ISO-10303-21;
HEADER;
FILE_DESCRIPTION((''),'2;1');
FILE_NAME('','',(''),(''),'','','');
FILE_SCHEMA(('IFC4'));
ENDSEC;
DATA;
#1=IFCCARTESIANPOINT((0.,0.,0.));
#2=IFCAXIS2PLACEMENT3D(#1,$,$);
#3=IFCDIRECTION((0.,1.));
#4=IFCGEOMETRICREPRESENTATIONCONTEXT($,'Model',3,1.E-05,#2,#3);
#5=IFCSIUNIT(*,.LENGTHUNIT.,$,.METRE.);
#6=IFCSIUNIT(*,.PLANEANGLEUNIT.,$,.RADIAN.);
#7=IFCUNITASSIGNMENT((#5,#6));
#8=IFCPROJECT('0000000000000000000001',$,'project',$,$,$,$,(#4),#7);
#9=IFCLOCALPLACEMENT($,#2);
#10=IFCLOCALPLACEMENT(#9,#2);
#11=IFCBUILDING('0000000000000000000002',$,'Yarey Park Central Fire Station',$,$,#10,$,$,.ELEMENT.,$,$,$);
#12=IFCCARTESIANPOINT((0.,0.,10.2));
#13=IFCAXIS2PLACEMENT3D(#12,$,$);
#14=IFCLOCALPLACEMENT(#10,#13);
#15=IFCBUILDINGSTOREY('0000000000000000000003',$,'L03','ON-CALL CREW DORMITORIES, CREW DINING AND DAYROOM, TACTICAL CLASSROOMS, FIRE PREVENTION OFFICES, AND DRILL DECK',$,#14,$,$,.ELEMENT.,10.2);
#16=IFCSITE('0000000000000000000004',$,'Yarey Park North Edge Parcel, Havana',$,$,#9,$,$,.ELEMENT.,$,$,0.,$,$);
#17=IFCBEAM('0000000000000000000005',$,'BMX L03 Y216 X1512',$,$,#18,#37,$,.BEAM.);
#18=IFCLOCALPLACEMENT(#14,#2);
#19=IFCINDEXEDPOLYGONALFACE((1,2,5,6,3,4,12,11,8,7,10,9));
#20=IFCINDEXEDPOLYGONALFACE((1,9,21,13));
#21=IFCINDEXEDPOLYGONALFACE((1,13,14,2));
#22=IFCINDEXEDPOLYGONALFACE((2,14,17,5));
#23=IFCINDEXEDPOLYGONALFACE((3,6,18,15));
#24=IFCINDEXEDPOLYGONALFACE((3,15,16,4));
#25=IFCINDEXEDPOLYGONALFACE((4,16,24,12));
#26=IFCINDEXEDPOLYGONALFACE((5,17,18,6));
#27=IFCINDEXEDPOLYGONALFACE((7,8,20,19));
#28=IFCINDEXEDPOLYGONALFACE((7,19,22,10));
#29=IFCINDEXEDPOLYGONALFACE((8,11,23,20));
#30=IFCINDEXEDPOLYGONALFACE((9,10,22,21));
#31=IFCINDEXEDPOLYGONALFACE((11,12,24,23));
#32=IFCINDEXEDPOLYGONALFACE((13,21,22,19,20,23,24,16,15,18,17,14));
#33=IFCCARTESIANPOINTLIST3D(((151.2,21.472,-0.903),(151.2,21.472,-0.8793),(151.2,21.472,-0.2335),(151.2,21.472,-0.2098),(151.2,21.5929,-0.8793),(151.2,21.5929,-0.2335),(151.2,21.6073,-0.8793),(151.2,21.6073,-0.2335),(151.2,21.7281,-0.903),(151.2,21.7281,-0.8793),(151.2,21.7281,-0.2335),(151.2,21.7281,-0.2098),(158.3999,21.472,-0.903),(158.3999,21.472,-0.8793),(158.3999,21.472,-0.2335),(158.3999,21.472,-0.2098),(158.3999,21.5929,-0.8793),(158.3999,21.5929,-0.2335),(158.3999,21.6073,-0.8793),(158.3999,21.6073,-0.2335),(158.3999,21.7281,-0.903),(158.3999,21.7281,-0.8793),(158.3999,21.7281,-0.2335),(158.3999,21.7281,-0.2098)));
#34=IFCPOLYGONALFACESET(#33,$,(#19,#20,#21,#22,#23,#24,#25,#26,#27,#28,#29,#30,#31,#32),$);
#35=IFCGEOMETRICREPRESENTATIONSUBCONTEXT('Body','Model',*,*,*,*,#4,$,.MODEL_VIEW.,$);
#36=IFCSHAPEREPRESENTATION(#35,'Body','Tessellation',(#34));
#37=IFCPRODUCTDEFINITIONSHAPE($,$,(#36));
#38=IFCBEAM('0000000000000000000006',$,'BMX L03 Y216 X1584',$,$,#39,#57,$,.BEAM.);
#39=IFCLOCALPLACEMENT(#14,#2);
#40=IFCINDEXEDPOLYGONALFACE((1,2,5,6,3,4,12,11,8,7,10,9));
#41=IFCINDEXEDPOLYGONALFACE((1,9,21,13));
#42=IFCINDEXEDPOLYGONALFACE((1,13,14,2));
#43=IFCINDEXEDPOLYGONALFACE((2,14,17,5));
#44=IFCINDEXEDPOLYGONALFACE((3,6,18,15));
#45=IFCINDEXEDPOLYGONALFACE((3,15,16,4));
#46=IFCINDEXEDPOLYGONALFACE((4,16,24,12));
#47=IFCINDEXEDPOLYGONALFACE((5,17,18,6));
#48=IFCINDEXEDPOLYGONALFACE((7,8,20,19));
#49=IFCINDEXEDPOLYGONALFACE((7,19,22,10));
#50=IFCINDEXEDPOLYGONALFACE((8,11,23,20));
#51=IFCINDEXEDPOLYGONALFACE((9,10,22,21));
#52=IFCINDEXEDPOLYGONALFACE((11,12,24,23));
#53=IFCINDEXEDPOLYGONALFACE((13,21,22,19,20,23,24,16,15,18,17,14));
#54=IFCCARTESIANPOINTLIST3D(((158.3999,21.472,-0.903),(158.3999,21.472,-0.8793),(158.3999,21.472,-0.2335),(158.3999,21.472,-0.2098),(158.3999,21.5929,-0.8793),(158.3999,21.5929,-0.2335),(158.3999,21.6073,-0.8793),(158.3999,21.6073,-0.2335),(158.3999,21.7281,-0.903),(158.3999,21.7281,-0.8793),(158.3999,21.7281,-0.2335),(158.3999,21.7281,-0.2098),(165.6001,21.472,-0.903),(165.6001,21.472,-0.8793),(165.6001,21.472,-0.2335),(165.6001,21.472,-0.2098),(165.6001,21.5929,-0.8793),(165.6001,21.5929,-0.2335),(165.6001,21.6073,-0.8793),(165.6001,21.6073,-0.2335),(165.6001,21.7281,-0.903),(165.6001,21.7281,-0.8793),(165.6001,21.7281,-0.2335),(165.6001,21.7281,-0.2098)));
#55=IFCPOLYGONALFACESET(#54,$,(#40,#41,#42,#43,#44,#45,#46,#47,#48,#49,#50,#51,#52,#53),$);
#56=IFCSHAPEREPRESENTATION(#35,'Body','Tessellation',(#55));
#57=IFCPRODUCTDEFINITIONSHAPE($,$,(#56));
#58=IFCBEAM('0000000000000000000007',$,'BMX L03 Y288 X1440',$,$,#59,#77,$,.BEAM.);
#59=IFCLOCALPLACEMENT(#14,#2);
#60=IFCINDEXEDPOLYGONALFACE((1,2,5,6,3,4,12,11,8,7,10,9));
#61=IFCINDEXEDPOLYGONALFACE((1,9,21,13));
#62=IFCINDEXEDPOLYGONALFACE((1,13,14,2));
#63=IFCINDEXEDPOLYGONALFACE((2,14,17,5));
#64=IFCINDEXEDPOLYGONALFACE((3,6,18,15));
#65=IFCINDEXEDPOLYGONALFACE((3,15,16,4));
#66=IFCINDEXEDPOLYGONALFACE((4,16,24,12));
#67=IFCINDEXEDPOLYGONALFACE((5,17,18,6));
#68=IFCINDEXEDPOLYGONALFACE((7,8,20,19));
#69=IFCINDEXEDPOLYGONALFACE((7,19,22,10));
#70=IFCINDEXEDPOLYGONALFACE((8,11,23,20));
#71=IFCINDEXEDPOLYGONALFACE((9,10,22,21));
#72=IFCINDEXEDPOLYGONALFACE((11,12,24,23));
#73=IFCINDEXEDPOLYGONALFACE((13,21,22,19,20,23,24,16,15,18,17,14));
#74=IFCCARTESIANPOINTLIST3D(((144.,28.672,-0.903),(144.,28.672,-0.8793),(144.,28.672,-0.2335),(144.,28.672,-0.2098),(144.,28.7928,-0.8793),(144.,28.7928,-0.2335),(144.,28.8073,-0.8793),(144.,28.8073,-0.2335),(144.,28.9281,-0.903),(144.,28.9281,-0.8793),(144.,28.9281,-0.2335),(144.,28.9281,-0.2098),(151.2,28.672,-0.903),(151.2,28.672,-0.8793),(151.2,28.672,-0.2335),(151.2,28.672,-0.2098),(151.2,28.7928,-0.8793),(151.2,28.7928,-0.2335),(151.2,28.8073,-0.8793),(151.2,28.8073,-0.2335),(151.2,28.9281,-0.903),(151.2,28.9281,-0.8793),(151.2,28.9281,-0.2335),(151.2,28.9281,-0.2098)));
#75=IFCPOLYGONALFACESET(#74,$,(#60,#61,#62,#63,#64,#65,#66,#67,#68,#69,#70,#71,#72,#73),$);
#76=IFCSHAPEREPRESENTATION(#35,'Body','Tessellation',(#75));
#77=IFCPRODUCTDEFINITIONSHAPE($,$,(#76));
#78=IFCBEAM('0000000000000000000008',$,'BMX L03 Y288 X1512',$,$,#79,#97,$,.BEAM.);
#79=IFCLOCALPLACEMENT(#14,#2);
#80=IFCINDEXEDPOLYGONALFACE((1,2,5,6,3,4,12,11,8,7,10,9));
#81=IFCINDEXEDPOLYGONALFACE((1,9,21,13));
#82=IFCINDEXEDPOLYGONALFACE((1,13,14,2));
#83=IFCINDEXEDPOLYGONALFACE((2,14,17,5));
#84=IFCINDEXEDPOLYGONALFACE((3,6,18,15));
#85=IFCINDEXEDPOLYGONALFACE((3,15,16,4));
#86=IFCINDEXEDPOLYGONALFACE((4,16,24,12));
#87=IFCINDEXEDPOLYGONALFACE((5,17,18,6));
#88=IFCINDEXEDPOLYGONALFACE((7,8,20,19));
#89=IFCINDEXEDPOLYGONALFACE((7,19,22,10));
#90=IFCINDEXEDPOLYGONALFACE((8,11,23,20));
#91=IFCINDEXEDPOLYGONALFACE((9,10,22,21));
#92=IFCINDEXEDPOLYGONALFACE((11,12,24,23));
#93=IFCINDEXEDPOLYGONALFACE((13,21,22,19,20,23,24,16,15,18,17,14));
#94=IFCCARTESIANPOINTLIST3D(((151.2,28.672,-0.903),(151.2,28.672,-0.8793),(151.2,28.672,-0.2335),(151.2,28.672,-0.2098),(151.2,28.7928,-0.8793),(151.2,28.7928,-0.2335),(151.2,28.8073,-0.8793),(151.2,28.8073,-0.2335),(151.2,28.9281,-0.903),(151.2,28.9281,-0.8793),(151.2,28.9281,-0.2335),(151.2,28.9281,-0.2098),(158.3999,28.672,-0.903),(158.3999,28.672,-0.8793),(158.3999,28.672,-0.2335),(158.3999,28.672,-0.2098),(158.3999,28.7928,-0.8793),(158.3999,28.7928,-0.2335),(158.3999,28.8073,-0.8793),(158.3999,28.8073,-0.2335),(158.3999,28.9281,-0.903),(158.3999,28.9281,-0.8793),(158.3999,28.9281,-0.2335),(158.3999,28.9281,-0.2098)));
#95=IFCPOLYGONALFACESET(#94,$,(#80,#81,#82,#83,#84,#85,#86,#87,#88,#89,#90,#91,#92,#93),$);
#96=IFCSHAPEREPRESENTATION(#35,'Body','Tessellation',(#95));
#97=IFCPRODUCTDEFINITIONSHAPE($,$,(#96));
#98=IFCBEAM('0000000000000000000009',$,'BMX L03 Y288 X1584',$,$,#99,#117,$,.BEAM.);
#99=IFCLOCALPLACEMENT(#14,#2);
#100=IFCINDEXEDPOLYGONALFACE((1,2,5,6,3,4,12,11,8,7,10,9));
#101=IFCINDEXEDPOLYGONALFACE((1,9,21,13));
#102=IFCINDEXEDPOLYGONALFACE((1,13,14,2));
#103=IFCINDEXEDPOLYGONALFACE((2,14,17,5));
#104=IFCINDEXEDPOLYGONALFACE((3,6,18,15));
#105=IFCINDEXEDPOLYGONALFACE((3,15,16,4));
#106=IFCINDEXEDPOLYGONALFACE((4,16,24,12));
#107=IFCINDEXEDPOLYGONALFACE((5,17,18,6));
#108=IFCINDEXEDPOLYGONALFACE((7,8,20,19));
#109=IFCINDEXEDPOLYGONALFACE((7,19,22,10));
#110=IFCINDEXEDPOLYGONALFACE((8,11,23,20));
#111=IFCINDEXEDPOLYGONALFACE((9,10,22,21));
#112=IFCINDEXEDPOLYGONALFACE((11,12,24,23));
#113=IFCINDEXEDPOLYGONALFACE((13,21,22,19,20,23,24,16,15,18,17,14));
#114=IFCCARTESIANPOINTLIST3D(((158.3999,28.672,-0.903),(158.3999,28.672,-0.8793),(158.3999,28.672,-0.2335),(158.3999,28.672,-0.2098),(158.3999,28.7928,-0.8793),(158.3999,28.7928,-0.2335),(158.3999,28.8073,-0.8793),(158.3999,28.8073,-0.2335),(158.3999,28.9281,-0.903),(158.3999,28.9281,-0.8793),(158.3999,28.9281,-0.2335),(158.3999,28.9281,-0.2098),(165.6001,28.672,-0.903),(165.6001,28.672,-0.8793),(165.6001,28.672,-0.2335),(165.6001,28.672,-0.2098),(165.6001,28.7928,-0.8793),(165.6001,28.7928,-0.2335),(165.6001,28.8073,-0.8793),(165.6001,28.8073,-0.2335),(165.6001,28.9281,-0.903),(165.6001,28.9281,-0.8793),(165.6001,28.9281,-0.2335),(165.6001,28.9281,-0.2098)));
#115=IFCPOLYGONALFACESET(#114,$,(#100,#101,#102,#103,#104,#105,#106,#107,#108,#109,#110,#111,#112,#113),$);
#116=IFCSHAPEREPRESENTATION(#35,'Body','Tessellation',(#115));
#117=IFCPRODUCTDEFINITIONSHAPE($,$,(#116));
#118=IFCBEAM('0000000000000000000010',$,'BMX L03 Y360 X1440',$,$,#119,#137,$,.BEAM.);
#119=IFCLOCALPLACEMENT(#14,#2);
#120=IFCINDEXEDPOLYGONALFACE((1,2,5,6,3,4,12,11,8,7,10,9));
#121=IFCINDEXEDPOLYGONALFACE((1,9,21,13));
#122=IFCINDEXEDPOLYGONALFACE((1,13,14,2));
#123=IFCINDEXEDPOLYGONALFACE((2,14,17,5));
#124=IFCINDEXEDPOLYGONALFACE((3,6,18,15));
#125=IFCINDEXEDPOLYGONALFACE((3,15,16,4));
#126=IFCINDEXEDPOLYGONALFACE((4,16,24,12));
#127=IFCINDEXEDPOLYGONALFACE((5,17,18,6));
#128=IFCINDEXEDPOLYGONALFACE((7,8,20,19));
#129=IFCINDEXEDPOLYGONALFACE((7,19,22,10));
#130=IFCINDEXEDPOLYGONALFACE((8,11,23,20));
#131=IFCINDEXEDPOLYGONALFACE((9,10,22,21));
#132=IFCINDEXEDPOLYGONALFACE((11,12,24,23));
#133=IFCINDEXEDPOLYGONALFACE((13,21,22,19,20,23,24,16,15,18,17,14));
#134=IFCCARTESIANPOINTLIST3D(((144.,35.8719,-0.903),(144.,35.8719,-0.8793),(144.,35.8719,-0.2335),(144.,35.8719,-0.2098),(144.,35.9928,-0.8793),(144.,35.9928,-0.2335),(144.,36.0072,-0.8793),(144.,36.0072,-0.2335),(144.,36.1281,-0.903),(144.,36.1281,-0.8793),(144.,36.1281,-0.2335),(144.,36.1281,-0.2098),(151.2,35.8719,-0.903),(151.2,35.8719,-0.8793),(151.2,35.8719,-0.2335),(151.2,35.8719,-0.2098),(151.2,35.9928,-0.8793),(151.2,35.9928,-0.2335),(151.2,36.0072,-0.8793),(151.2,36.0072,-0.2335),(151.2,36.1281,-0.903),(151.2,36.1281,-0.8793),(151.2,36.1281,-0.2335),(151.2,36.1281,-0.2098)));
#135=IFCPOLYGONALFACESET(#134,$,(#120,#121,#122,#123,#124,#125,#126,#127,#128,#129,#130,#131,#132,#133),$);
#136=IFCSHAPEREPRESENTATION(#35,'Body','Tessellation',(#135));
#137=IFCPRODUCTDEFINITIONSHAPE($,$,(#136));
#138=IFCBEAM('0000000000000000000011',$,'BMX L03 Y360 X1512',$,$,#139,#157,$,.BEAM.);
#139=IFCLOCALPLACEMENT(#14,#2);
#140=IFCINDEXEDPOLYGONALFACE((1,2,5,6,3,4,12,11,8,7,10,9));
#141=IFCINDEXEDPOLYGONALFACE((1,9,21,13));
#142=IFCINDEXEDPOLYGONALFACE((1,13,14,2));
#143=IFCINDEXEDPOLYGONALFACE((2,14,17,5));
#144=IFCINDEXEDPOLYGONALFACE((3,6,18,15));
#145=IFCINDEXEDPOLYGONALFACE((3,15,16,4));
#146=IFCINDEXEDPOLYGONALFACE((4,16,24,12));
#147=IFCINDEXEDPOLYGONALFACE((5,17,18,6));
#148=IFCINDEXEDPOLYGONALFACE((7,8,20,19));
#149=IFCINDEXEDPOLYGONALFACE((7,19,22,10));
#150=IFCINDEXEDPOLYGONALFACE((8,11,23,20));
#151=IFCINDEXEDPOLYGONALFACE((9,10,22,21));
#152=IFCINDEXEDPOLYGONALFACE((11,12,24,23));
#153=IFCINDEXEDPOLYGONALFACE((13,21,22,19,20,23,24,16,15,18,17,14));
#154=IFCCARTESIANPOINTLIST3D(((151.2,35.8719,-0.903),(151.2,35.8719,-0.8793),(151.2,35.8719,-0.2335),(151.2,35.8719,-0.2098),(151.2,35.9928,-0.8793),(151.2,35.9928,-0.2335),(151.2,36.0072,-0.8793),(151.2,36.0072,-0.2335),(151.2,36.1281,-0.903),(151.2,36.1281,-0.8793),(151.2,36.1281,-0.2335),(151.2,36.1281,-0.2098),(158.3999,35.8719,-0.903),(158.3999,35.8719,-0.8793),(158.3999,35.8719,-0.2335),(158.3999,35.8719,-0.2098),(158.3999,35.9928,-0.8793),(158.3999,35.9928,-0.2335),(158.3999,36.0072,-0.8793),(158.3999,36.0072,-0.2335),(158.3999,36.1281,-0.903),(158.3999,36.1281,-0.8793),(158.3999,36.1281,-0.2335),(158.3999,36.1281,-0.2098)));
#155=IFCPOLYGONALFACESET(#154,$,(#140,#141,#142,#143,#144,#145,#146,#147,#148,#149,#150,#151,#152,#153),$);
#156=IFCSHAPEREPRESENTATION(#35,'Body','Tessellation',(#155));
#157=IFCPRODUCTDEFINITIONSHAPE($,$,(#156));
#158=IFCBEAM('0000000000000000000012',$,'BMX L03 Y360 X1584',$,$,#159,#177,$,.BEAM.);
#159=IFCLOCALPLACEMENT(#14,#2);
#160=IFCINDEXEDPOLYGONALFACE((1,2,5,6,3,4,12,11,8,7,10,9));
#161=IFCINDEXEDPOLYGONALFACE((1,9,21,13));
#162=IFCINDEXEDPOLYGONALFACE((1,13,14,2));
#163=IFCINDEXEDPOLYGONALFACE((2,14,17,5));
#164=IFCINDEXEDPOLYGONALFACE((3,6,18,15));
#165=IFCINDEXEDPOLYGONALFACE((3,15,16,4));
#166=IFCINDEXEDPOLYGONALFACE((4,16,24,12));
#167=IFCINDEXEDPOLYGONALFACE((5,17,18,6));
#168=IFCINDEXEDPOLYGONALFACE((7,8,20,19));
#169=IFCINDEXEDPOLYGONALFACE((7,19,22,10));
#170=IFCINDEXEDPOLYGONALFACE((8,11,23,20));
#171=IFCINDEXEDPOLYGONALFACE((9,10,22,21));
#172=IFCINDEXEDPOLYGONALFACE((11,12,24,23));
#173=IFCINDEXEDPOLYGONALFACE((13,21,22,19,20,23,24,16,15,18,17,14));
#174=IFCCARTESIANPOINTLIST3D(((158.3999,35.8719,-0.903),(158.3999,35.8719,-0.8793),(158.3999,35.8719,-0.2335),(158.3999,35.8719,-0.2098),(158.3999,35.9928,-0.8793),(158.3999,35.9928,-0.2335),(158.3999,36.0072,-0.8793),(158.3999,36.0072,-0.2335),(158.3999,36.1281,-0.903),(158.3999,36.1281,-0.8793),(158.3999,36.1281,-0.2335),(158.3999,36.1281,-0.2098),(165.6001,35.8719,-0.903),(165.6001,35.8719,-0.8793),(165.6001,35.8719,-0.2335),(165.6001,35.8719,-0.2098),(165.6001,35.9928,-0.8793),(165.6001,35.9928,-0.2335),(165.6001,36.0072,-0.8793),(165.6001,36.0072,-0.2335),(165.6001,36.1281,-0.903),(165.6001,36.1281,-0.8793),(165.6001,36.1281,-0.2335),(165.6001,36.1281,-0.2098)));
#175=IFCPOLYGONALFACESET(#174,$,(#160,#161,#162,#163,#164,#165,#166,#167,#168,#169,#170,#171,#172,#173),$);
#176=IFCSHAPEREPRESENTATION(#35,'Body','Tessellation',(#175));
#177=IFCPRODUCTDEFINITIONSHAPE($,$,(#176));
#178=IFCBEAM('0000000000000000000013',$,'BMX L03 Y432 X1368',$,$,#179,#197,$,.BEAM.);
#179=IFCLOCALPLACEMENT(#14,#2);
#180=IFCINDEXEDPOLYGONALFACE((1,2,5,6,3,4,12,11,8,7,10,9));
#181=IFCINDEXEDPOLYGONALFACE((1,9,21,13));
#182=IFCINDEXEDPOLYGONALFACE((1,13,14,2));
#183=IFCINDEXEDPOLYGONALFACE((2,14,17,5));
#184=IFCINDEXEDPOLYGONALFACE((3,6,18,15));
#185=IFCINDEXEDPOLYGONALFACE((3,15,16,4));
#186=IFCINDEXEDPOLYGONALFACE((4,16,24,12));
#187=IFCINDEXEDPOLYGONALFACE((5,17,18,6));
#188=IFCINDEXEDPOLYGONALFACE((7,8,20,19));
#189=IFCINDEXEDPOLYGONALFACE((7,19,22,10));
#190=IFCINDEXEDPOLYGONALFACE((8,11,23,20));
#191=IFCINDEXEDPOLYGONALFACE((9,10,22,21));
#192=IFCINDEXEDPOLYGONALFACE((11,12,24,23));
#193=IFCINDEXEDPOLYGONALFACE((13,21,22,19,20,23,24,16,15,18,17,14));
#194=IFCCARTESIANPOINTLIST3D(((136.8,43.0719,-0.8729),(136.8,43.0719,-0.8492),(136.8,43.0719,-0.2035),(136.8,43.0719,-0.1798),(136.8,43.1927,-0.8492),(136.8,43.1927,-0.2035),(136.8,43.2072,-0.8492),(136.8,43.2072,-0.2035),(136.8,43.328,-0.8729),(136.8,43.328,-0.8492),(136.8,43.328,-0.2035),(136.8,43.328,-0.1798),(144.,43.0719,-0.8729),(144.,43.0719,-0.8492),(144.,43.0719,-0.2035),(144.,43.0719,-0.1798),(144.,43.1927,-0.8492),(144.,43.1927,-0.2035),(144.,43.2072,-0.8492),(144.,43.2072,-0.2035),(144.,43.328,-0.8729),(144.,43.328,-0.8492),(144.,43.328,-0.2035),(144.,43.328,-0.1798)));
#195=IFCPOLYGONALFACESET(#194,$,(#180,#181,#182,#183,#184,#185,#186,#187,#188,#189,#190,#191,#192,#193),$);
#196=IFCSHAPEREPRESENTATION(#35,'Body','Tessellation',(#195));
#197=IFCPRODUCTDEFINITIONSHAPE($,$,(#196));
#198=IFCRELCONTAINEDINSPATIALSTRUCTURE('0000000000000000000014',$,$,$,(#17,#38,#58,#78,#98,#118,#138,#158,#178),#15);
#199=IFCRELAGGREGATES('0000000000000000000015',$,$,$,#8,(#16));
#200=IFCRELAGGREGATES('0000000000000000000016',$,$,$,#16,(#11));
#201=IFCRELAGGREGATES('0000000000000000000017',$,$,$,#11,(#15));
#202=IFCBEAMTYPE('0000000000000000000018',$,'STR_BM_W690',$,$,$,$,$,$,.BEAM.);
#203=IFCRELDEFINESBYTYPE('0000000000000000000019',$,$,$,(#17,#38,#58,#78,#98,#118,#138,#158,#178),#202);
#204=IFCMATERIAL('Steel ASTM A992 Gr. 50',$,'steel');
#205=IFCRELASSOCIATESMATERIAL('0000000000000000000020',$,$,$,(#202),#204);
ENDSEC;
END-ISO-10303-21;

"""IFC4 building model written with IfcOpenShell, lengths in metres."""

from ifc_helpers import new_model, si_unit, direction, frame, origin, origin_2d, place, context, subcontext, project, spatial, i_section, extrude, material, material_profile, profile_set, type_object, element, save


model = new_model("IFC4")

# Units and contexts
model_context = context("Model", 3, precision=1e-05, world=origin(), true_north=direction((0.0, 1.0)))
body_context = subcontext(model_context, "Body", "Model", "MODEL_VIEW")
ifc_project = project(units=[si_unit("LENGTHUNIT", "METRE"), si_unit("PLANEANGLEUNIT", "RADIAN")], contexts=[model_context])

# Site, building, storey
site_placement = place(None, origin())
site = spatial("IfcSite", under=ifc_project, at=site_placement, Name="Yarey Park North Edge Parcel, Havana", CompositionType="ELEMENT", RefElevation=0.0)
building_placement = place(site_placement, origin())
building = spatial("IfcBuilding", under=site, at=building_placement, Name="Yarey Park Central Fire Station", CompositionType="ELEMENT")
storey_placement = place(building_placement, frame((0.0, 0.0, 10.2)))
storey = spatial("IfcBuildingStorey", under=building, at=storey_placement, Name="L03", Description="ON-CALL CREW DORMITORIES, CREW DINING AND DAYROOM, TACTICAL CLASSROOMS, FIRE PREVENTION OFFICES, AND DRILL DECK", CompositionType="ELEMENT", Elevation=10.2)

# Beams
ifc_material_1 = material(Name="Steel ASTM A992 Gr. 50", Category="steel")
ifc_material_profile_1 = material_profile(ifc_material_1, i_section(OverallWidth=0.2561, OverallDepth=0.6931, WebThickness=0.0144, FlangeThickness=0.0237, at=origin_2d()), Name="W690x170")
ifc_profile_set_1 = profile_set([ifc_material_profile_1], Name="Steel ASTM A992 Gr. 50")
beam_type_1 = type_object("IfcBeamType", Name="STR_BM_W690", PredefinedType="BEAM", material=ifc_profile_set_1)
for number, where, z_axis, x_axis, name in (
    (1, (151.2, 21.6001, -0.5564), (1.0, 0.0, 0.0), (0.0, 1.0, 0.0), "BMX L03 Y216 X1512"),
):
    element("IfcBeam", number, at=place(storey_placement, frame(where, z_axis=z_axis, x_axis=x_axis)), inside=storey, type_object=beam_type_1, Name=name, PredefinedType="BEAM", context=body_context, shape_type="SweptSolid", body=[
        extrude(i_section(OverallWidth=0.2561, OverallDepth=0.6931, WebThickness=0.0144, FlangeThickness=0.0237, at=origin_2d()), origin(), (0.0, 0.0, 1.0), 7.2),
    ])
beam_1_placement = place(storey_placement, frame((158.3999, 21.6001, -0.5564), z_axis=(1.0, 0.0, 0.0), x_axis=(0.0, 1.0, 0.0)))
element("IfcBeam", 2, at=beam_1_placement, inside=storey, type_object=beam_type_1, Name="BMX L03 Y216 X1584", PredefinedType="BEAM", context=body_context, shape_type="SweptSolid", body=[
    extrude(i_section(OverallWidth=0.2561, OverallDepth=0.6931, WebThickness=0.0144, FlangeThickness=0.0237, at=origin_2d()), origin(), (0.0, 0.0, 1.0), 7.2002),
])
for number, where, z_axis, x_axis, name in (
    (3, (144.0, 28.8, -0.5564), (1.0, 0.0, 0.0), (0.0, 1.0, 0.0), "BMX L03 Y288 X1440"),
    (4, (151.2, 28.8, -0.5564), (1.0, 0.0, 0.0), (0.0, 1.0, 0.0), "BMX L03 Y288 X1512"),
):
    element("IfcBeam", number, at=place(storey_placement, frame(where, z_axis=z_axis, x_axis=x_axis)), inside=storey, type_object=beam_type_1, Name=name, PredefinedType="BEAM", context=body_context, shape_type="SweptSolid", body=[
        extrude(i_section(OverallWidth=0.2561, OverallDepth=0.6931, WebThickness=0.0144, FlangeThickness=0.0237, at=origin_2d()), origin(), (0.0, 0.0, 1.0), 7.2),
    ])
beam_2_placement = place(storey_placement, frame((158.3999, 28.8, -0.5564), z_axis=(1.0, 0.0, 0.0), x_axis=(0.0, 1.0, 0.0)))
element("IfcBeam", 5, at=beam_2_placement, inside=storey, type_object=beam_type_1, Name="BMX L03 Y288 X1584", PredefinedType="BEAM", context=body_context, shape_type="SweptSolid", body=[
    extrude(i_section(OverallWidth=0.2561, OverallDepth=0.6931, WebThickness=0.0144, FlangeThickness=0.0237, at=origin_2d()), origin(), (0.0, 0.0, 1.0), 7.2002),
])
for number, where, z_axis, x_axis, name in (
    (6, (144.0, 36.0, -0.5564), (1.0, 0.0, 0.0), (0.0, 1.0, 0.0), "BMX L03 Y360 X1440"),
    (7, (151.2, 36.0, -0.5564), (1.0, 0.0, 0.0), (0.0, 1.0, 0.0), "BMX L03 Y360 X1512"),
):
    element("IfcBeam", number, at=place(storey_placement, frame(where, z_axis=z_axis, x_axis=x_axis)), inside=storey, type_object=beam_type_1, Name=name, PredefinedType="BEAM", context=body_context, shape_type="SweptSolid", body=[
        extrude(i_section(OverallWidth=0.2561, OverallDepth=0.6931, WebThickness=0.0144, FlangeThickness=0.0237, at=origin_2d()), origin(), (0.0, 0.0, 1.0), 7.2),
    ])
beam_3_placement = place(storey_placement, frame((158.3999, 36.0, -0.5564), z_axis=(1.0, 0.0, 0.0), x_axis=(0.0, 1.0, 0.0)))
element("IfcBeam", 8, at=beam_3_placement, inside=storey, type_object=beam_type_1, Name="BMX L03 Y360 X1584", PredefinedType="BEAM", context=body_context, shape_type="SweptSolid", body=[
    extrude(i_section(OverallWidth=0.2561, OverallDepth=0.6931, WebThickness=0.0144, FlangeThickness=0.0237, at=origin_2d()), origin(), (0.0, 0.0, 1.0), 7.2002),
])
for number, where, z_axis, x_axis, name in (
    (9, (136.8, 43.2, -0.5264), (1.0, 0.0, 0.0), (0.0, 1.0, 0.0), "BMX L03 Y432 X1368"),
):
    element("IfcBeam", number, at=place(storey_placement, frame(where, z_axis=z_axis, x_axis=x_axis)), inside=storey, type_object=beam_type_1, Name=name, PredefinedType="BEAM", context=body_context, shape_type="SweptSolid", body=[
        extrude(i_section(OverallWidth=0.2561, OverallDepth=0.6931, WebThickness=0.0144, FlangeThickness=0.0237, at=origin_2d()), origin(), (0.0, 0.0, 1.0), 7.2),
    ])

save(model, "model.ifc")
